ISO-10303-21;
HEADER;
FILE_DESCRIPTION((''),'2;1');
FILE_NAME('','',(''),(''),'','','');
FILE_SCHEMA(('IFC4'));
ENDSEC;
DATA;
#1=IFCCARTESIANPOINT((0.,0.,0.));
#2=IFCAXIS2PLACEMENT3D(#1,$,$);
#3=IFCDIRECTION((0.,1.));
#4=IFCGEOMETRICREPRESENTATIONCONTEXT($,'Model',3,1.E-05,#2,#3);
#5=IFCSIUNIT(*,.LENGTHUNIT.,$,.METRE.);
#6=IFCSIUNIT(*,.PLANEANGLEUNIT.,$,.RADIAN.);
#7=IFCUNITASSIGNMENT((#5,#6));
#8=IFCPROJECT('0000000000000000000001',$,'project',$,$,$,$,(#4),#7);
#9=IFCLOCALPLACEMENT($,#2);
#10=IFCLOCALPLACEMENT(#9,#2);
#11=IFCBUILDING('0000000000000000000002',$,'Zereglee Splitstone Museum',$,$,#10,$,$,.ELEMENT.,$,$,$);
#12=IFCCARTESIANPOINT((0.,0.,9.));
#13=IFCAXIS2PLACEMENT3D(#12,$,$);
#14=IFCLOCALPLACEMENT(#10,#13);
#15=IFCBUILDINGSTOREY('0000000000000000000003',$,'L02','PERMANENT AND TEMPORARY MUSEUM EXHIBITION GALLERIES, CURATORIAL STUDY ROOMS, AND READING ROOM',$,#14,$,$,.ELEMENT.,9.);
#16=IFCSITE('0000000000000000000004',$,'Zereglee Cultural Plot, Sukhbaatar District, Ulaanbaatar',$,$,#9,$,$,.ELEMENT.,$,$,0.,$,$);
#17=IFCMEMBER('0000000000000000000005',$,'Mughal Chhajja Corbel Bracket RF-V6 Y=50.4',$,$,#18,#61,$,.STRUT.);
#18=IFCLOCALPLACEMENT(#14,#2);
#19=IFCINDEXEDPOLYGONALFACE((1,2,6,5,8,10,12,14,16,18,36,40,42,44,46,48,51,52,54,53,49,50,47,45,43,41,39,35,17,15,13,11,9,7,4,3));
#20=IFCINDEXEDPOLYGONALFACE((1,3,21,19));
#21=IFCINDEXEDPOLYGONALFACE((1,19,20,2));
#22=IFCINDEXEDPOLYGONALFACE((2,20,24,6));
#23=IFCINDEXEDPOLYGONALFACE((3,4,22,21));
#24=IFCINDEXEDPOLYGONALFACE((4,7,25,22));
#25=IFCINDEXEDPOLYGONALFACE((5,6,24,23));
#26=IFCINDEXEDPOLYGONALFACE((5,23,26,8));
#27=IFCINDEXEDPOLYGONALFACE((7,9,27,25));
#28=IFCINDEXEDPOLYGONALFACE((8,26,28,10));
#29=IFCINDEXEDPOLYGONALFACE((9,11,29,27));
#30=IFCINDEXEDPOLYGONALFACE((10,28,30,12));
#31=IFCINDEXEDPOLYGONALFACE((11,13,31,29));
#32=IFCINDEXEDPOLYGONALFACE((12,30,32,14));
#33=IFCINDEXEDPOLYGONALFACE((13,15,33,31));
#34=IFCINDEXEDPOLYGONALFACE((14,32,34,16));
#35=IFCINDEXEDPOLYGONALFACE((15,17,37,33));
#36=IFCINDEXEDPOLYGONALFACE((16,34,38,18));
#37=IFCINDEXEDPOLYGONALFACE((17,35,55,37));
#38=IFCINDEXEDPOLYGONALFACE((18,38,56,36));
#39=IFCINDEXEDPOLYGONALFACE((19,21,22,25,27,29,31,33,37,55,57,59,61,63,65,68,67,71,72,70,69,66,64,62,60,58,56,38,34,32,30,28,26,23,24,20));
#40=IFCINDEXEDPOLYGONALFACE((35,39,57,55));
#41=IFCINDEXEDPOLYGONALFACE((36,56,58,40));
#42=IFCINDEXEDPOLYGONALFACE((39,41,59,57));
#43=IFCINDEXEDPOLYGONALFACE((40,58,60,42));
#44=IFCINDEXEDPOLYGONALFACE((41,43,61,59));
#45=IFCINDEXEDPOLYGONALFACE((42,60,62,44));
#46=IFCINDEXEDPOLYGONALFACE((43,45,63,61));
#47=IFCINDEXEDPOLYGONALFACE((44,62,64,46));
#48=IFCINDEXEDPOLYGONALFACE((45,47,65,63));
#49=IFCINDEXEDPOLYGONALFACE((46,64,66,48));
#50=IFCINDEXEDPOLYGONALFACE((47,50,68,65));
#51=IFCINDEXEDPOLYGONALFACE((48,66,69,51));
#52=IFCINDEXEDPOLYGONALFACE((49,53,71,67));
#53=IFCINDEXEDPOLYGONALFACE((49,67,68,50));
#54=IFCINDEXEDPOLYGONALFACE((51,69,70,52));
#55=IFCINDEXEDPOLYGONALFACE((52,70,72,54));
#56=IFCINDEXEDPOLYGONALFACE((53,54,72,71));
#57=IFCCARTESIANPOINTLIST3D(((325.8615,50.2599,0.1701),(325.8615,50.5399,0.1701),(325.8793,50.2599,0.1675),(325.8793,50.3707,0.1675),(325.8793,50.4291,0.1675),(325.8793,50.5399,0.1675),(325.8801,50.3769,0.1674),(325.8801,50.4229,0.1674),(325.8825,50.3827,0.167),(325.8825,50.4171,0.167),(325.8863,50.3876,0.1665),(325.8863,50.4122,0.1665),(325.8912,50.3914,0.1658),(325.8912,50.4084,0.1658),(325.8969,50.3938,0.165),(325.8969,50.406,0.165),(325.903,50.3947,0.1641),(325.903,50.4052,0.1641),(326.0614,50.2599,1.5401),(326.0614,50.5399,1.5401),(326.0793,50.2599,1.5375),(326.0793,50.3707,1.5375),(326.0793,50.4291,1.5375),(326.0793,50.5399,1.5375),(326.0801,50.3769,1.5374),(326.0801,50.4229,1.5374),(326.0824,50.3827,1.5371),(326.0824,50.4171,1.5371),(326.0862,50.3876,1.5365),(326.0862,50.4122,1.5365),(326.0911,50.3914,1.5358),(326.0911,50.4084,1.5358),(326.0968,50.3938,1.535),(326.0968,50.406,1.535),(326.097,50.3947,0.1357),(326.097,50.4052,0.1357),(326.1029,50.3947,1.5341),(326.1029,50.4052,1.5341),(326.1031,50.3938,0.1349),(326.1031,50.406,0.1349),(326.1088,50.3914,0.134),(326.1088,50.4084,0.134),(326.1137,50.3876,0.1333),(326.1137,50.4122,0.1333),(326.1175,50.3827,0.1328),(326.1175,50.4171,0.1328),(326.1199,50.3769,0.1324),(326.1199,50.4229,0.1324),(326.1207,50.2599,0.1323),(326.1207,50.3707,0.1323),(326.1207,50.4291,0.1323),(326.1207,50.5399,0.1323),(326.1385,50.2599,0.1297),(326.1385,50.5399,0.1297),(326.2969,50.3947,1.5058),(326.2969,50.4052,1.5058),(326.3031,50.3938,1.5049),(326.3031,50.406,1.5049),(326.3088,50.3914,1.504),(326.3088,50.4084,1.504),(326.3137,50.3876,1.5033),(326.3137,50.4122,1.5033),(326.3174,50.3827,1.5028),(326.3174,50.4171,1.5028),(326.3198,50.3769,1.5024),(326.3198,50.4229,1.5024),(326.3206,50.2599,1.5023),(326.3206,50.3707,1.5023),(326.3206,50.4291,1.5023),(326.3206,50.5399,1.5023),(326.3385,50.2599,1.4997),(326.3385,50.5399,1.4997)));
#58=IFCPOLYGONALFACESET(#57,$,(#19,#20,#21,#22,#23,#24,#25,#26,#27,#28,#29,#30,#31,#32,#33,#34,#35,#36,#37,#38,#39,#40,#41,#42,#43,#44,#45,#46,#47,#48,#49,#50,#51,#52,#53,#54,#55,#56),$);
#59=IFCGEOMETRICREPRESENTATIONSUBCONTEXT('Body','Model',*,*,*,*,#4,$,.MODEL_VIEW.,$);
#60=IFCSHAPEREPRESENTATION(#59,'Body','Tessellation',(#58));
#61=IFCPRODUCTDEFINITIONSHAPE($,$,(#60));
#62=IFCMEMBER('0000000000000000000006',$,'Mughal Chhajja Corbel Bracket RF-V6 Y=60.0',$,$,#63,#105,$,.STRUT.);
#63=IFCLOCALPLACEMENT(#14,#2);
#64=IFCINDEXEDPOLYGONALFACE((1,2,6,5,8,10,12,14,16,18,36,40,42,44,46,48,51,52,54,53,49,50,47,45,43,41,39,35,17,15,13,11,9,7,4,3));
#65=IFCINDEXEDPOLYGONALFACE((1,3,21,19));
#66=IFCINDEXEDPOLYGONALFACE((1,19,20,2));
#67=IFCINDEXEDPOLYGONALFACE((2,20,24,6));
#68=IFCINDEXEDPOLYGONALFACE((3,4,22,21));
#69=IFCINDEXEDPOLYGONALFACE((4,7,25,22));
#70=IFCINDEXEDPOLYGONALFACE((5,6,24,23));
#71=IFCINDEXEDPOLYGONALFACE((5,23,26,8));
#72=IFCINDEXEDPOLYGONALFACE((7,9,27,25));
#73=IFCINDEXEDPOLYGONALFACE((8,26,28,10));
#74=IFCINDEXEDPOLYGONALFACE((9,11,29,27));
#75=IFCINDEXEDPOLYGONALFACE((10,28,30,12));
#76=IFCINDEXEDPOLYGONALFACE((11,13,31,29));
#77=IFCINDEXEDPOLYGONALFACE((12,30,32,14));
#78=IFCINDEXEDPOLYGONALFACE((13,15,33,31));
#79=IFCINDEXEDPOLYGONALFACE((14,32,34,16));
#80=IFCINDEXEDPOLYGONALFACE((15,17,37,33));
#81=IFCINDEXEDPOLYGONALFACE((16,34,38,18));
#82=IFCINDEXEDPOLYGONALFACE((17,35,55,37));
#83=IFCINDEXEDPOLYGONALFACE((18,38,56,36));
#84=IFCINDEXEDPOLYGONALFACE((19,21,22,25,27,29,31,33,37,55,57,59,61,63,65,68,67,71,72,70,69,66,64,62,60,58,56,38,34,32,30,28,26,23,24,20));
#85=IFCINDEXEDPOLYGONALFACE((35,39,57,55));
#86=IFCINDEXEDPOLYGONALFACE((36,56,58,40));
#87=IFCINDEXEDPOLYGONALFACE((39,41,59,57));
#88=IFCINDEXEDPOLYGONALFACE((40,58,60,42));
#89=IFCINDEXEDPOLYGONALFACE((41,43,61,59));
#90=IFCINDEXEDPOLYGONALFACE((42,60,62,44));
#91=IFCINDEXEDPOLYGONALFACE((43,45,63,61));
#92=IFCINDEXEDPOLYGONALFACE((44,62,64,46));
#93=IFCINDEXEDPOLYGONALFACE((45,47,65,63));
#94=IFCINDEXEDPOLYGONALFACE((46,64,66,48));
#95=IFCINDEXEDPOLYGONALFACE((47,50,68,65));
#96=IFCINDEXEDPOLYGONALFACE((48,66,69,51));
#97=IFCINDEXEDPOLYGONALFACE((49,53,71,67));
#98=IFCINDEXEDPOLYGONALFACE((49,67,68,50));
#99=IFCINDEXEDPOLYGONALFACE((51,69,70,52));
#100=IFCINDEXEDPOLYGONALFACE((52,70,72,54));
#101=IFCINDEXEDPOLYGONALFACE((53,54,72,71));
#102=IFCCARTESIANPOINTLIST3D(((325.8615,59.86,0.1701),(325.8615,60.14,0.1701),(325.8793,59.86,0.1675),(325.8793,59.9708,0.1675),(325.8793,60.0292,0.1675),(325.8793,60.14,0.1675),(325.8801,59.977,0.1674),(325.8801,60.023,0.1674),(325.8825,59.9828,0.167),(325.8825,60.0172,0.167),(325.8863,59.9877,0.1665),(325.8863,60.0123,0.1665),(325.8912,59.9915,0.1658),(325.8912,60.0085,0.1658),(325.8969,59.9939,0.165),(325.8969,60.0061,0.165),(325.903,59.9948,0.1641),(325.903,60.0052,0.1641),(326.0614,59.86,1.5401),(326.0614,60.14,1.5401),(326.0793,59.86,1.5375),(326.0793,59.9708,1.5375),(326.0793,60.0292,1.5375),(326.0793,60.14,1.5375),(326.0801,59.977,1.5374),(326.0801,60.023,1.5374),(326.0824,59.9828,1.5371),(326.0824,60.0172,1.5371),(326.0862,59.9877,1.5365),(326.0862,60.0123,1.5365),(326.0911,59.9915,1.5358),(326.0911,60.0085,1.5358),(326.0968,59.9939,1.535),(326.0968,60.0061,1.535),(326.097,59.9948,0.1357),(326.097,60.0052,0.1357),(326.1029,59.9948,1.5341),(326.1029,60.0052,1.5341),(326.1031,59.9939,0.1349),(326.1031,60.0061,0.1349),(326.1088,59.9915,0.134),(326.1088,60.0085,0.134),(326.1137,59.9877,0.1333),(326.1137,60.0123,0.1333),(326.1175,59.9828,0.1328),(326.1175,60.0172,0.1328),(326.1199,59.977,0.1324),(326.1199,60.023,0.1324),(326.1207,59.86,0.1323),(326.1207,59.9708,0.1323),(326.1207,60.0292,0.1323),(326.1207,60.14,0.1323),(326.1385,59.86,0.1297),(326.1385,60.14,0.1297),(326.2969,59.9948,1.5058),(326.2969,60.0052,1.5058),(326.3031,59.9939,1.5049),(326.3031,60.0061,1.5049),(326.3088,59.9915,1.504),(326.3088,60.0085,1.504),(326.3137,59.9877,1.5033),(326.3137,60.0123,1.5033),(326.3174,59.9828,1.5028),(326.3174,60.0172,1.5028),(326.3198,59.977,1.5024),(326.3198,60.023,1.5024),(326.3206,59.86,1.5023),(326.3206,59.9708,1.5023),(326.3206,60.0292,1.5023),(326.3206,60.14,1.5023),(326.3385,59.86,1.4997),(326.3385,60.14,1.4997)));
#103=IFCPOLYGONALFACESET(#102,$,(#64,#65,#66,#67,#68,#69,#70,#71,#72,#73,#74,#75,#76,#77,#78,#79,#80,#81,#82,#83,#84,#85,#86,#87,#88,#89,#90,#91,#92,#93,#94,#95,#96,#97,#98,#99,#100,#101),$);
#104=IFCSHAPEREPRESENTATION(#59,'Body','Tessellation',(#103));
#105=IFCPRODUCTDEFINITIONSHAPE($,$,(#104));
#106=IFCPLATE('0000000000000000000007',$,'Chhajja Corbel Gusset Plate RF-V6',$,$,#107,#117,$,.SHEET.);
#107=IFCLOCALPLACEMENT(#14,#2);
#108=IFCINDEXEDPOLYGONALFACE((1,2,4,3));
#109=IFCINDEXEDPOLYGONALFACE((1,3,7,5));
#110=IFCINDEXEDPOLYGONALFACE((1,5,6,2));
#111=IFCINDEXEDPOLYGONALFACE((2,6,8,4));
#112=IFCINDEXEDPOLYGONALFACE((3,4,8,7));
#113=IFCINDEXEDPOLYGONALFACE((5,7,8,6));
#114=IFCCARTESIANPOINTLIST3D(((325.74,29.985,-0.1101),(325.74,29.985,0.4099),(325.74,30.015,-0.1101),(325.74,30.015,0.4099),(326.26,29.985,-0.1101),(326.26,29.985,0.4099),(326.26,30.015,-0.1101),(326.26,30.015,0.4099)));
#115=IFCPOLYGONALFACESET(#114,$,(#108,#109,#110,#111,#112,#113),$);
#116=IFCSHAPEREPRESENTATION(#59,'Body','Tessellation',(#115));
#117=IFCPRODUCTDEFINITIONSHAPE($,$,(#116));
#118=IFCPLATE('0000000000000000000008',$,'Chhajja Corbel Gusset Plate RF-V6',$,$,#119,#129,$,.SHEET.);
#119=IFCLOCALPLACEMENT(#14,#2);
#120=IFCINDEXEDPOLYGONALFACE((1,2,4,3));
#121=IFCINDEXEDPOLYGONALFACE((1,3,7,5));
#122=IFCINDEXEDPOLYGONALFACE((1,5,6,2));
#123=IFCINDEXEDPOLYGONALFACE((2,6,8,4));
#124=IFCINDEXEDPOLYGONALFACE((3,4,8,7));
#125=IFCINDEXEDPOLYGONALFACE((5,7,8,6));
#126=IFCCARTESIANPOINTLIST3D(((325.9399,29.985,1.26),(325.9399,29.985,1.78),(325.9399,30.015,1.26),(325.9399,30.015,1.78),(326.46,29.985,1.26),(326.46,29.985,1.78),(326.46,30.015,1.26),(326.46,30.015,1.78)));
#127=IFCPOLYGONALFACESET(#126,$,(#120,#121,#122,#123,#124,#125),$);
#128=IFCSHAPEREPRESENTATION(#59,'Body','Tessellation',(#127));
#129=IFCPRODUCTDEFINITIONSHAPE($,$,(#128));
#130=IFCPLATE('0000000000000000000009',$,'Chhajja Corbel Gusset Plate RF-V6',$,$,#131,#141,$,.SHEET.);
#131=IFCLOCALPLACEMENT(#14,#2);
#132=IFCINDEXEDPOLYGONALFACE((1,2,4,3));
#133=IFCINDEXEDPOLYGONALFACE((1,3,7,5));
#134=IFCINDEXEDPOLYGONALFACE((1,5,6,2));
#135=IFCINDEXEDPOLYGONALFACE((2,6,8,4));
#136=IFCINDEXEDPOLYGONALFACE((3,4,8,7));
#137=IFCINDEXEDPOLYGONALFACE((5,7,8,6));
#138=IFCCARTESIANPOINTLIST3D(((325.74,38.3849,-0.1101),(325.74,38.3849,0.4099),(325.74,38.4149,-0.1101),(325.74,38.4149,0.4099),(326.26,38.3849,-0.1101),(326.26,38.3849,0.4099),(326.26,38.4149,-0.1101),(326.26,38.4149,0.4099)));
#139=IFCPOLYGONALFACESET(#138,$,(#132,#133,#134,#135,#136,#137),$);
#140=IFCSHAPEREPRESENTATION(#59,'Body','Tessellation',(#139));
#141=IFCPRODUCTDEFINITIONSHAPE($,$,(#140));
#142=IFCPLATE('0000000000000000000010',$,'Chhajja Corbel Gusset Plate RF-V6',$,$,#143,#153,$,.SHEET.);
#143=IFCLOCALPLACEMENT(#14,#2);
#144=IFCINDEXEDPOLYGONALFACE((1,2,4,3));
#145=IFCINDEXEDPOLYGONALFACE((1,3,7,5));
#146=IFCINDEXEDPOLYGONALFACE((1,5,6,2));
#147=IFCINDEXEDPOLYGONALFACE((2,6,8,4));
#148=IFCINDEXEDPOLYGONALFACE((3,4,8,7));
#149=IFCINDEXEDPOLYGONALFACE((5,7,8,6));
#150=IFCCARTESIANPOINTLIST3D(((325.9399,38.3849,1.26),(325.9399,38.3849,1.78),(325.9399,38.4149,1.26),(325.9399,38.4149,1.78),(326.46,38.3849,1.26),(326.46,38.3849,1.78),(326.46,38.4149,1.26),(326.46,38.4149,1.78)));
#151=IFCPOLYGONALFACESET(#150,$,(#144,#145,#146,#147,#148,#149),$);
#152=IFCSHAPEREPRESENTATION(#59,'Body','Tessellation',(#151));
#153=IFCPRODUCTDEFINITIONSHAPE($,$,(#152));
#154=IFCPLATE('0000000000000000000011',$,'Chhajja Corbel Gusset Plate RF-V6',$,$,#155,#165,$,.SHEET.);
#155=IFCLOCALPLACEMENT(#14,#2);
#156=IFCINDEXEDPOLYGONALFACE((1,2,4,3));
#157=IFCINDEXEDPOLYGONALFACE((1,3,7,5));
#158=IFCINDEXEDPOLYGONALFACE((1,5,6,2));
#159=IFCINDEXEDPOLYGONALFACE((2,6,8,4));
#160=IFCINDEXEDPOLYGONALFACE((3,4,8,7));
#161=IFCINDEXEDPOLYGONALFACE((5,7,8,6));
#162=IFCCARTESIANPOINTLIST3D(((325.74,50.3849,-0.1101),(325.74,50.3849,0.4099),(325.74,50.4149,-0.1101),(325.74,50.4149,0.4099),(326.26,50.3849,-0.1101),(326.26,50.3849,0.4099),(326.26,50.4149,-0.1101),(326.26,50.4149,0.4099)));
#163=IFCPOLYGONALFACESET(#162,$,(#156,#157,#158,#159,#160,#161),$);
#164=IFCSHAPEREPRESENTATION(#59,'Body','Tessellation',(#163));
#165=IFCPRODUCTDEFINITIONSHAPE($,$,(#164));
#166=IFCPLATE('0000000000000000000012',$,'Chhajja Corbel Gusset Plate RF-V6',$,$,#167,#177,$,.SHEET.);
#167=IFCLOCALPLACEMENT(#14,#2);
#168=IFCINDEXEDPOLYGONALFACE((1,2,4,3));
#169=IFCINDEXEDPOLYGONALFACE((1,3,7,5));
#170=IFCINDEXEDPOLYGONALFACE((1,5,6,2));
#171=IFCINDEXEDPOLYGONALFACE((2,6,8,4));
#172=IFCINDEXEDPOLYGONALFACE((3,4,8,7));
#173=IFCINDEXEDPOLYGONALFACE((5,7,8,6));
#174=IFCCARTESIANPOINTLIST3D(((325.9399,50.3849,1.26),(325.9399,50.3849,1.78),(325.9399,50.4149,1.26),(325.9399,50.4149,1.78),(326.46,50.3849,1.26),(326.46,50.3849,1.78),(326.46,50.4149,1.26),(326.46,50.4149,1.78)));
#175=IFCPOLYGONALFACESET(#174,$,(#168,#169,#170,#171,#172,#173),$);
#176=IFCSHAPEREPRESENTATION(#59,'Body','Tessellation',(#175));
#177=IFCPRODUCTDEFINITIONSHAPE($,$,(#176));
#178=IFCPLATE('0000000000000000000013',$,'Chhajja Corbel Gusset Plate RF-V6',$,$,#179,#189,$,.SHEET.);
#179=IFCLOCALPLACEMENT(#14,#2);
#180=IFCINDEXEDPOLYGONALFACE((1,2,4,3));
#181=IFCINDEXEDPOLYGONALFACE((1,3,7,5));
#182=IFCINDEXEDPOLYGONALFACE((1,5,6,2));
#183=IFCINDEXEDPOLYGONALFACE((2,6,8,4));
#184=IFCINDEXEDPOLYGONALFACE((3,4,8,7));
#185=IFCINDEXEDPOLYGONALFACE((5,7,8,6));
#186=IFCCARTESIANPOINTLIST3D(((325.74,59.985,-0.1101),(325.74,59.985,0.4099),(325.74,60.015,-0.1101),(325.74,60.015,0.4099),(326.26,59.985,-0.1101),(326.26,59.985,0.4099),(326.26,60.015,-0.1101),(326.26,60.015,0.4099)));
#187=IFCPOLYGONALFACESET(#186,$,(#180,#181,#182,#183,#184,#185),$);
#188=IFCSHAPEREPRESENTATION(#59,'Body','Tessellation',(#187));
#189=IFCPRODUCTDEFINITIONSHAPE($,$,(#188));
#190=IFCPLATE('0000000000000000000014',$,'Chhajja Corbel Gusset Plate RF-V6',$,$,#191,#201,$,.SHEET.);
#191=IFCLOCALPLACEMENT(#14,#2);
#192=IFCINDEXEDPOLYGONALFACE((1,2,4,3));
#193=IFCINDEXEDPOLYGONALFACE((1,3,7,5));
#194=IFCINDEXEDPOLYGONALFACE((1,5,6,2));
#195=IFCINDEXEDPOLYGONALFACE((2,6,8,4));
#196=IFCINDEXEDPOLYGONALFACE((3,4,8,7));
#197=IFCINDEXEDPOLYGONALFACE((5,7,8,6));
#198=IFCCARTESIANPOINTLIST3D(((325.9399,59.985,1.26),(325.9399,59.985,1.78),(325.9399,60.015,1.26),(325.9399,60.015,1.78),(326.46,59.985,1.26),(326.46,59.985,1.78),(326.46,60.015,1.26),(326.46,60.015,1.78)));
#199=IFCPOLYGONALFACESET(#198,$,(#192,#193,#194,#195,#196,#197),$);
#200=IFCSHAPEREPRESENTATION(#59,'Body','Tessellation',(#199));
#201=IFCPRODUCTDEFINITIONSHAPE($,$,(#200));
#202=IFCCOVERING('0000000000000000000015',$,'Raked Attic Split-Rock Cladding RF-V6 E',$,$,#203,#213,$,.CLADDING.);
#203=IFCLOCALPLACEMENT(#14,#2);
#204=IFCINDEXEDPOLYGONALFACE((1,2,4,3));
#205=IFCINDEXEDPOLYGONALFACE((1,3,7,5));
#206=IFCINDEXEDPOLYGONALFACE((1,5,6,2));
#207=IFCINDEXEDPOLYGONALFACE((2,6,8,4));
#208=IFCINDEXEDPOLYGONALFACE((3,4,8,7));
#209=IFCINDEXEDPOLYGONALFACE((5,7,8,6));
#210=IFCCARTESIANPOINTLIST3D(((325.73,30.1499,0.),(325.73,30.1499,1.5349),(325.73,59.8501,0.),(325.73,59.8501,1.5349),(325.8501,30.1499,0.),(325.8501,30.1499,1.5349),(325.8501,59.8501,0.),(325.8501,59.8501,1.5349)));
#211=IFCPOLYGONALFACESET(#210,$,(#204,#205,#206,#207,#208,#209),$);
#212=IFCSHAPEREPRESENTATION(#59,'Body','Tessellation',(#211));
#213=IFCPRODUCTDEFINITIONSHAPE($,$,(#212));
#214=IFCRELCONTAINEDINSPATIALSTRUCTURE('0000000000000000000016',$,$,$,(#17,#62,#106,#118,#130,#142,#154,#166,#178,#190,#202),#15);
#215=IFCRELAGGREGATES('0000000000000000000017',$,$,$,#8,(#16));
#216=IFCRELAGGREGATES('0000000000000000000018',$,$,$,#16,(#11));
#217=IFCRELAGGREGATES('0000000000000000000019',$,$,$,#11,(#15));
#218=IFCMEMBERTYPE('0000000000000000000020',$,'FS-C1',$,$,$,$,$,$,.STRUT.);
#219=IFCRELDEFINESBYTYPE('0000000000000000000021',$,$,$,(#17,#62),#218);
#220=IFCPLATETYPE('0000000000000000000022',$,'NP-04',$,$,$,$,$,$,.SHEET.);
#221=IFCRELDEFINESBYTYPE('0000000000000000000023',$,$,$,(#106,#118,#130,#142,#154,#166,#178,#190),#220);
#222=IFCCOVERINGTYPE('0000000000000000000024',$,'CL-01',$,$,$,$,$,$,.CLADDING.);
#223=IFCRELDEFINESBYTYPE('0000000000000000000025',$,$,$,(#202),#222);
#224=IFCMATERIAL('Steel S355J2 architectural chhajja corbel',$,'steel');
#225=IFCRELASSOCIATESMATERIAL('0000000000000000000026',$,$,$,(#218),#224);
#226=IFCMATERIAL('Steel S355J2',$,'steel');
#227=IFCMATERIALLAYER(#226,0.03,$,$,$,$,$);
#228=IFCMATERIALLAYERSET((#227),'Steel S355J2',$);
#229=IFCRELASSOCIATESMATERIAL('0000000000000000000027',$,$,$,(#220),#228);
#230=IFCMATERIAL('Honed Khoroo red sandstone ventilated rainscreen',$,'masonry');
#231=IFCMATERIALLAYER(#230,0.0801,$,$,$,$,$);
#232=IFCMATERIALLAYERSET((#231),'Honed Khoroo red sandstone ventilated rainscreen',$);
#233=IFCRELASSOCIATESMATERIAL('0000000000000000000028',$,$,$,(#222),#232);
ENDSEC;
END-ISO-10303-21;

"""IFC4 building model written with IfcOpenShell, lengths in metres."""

from ifc_helpers import new_model, si_unit, direction, frame, origin, origin_2d, place, context, subcontext, project, spatial, polyline, rectangle, i_section, outline, extrude, material, layer, layer_set, material_profile, profile_set, type_object, element, save


model = new_model("IFC4")

# Units and contexts
model_context = context("Model", 3, precision=1e-05, world=origin(), true_north=direction((0.0, 1.0)))
body_context = subcontext(model_context, "Body", "Model", "MODEL_VIEW")
ifc_project = project(units=[si_unit("LENGTHUNIT", "METRE"), si_unit("PLANEANGLEUNIT", "RADIAN")], contexts=[model_context])

# Site, building, storey
site_placement = place(None, origin())
site = spatial("IfcSite", under=ifc_project, at=site_placement, Name="Zereglee Cultural Plot, Sukhbaatar District, Ulaanbaatar", CompositionType="ELEMENT", RefElevation=0.0)
building_placement = place(site_placement, origin())
building = spatial("IfcBuilding", under=site, at=building_placement, Name="Zereglee Splitstone Museum", CompositionType="ELEMENT")
storey_placement = place(building_placement, frame((0.0, 0.0, 9.0)))
storey = spatial("IfcBuildingStorey", under=building, at=storey_placement, Name="L02", Description="PERMANENT AND TEMPORARY MUSEUM EXHIBITION GALLERIES, CURATORIAL STUDY ROOMS, AND READING ROOM", CompositionType="ELEMENT", Elevation=9.0)

# Shared definitions
ifc_material_1 = material(Name="Steel S355J2", Category="steel")

# Members
ifc_material_2 = material(Name="Steel S355J2 architectural chhajja corbel", Category="steel")
ifc_material_profile_1 = material_profile(ifc_material_2, i_section(OverallWidth=0.28, OverallDepth=0.28, WebThickness=0.0105, FlangeThickness=0.0181, FilletRadius=0.0239, at=origin_2d()), Name="HE 280 B")
ifc_profile_set_1 = profile_set([ifc_material_profile_1], Name="Steel S355J2 architectural chhajja corbel")
member_type_1 = type_object("IfcMemberType", Name="FS-C1", PredefinedType="STRUT", material=ifc_profile_set_1)
for number, where, z_axis, x_axis, name in (
    (1, (326.0, 50.3999, 0.1499), (0.144408, 0.0, 0.989518), (0.0, 1.0, 0.0), "Mughal Chhajja Corbel Bracket RF-V6 Y=50.4"),
    (2, (326.0, 60.0, 0.1499), (0.144408, 0.0, 0.989518), (0.0, 1.0, 0.0), "Mughal Chhajja Corbel Bracket RF-V6 Y=60.0"),
):
    element("IfcMember", number, at=place(storey_placement, frame(where, z_axis=z_axis, x_axis=x_axis)), inside=storey, type_object=member_type_1, Name=name, PredefinedType="STRUT", context=body_context, shape_type="SweptSolid", body=[
        extrude(i_section(OverallWidth=0.28, OverallDepth=0.28, WebThickness=0.0105, FlangeThickness=0.0181, FilletRadius=0.0239, at=origin_2d()), origin(), (0.0, 0.0, 1.0), 1.3845),
    ])

# Plates
ifc_layer_1 = layer(ifc_material_1, 0.03)
ifc_layer_set_1 = layer_set([ifc_layer_1], Name="Steel S355J2")
plate_type = type_object("IfcPlateType", Name="NP-04", PredefinedType="SHEET", material=ifc_layer_set_1)
for number, where, z_axis, x_axis, name in (
    (3, (326.0, 30.0, -0.1101), (0.0, 0.0, 1.0), (1.0, 0.0, 0.0), "Chhajja Corbel Gusset Plate RF-V6"),
    (4, (326.2, 30.0, 1.26), (0.0, 0.0, 1.0), (1.0, 0.0, 0.0), "Chhajja Corbel Gusset Plate RF-V6"),
    (5, (326.0, 38.3999, -0.1101), (0.0, 0.0, 1.0), (1.0, 0.0, 0.0), "Chhajja Corbel Gusset Plate RF-V6"),
    (6, (326.2, 38.3999, 1.26), (0.0, 0.0, 1.0), (1.0, 0.0, 0.0), "Chhajja Corbel Gusset Plate RF-V6"),
    (7, (326.0, 50.3999, -0.1101), (0.0, 0.0, 1.0), (1.0, 0.0, 0.0), "Chhajja Corbel Gusset Plate RF-V6"),
    (8, (326.2, 50.3999, 1.26), (0.0, 0.0, 1.0), (1.0, 0.0, 0.0), "Chhajja Corbel Gusset Plate RF-V6"),
    (9, (326.0, 60.0, -0.1101), (0.0, 0.0, 1.0), (1.0, 0.0, 0.0), "Chhajja Corbel Gusset Plate RF-V6"),
    (10, (326.2, 60.0, 1.26), (0.0, 0.0, 1.0), (1.0, 0.0, 0.0), "Chhajja Corbel Gusset Plate RF-V6"),
):
    element("IfcPlate", number, at=place(storey_placement, frame(where, z_axis=z_axis, x_axis=x_axis)), inside=storey, type_object=plate_type, Name=name, PredefinedType="SHEET", context=body_context, shape_type="SweptSolid", body=[
        extrude(rectangle(XDim=0.52, YDim=0.03, at=origin_2d()), origin(), (0.0, 0.0, 1.0), 0.52),
    ])

# Covering
ifc_material_3 = material(Name="Honed Khoroo red sandstone ventilated rainscreen", Category="masonry")
ifc_layer_2 = layer(ifc_material_3, 0.0801)
ifc_layer_set_2 = layer_set([ifc_layer_2], Name="Honed Khoroo red sandstone ventilated rainscreen")
covering_type_1 = type_object("IfcCoveringType", Name="CL-01", PredefinedType="CLADDING", material=ifc_layer_set_2)
covering_1_placement = place(storey_placement, frame((325.8501, 30.1499, 0.0), z_axis=(1.0, 0.0, 0.0), x_axis=(0.0, 1.0, 0.0)))
element("IfcCovering", 11, at=covering_1_placement, inside=storey, type_object=covering_type_1, Name="Raked Attic Split-Rock Cladding RF-V6 E", PredefinedType="CLADDING", context=body_context, shape_type="SweptSolid", body=[
    extrude(outline(polyline([(0.0, 0.0), (29.7002, 0.0), (29.7002, 1.5349), (0.0, 1.5349), (0.0, 0.0)])), origin(), (0.0, 0.0, -1.0), 0.1201),
])

save(model, "model.ifc")
